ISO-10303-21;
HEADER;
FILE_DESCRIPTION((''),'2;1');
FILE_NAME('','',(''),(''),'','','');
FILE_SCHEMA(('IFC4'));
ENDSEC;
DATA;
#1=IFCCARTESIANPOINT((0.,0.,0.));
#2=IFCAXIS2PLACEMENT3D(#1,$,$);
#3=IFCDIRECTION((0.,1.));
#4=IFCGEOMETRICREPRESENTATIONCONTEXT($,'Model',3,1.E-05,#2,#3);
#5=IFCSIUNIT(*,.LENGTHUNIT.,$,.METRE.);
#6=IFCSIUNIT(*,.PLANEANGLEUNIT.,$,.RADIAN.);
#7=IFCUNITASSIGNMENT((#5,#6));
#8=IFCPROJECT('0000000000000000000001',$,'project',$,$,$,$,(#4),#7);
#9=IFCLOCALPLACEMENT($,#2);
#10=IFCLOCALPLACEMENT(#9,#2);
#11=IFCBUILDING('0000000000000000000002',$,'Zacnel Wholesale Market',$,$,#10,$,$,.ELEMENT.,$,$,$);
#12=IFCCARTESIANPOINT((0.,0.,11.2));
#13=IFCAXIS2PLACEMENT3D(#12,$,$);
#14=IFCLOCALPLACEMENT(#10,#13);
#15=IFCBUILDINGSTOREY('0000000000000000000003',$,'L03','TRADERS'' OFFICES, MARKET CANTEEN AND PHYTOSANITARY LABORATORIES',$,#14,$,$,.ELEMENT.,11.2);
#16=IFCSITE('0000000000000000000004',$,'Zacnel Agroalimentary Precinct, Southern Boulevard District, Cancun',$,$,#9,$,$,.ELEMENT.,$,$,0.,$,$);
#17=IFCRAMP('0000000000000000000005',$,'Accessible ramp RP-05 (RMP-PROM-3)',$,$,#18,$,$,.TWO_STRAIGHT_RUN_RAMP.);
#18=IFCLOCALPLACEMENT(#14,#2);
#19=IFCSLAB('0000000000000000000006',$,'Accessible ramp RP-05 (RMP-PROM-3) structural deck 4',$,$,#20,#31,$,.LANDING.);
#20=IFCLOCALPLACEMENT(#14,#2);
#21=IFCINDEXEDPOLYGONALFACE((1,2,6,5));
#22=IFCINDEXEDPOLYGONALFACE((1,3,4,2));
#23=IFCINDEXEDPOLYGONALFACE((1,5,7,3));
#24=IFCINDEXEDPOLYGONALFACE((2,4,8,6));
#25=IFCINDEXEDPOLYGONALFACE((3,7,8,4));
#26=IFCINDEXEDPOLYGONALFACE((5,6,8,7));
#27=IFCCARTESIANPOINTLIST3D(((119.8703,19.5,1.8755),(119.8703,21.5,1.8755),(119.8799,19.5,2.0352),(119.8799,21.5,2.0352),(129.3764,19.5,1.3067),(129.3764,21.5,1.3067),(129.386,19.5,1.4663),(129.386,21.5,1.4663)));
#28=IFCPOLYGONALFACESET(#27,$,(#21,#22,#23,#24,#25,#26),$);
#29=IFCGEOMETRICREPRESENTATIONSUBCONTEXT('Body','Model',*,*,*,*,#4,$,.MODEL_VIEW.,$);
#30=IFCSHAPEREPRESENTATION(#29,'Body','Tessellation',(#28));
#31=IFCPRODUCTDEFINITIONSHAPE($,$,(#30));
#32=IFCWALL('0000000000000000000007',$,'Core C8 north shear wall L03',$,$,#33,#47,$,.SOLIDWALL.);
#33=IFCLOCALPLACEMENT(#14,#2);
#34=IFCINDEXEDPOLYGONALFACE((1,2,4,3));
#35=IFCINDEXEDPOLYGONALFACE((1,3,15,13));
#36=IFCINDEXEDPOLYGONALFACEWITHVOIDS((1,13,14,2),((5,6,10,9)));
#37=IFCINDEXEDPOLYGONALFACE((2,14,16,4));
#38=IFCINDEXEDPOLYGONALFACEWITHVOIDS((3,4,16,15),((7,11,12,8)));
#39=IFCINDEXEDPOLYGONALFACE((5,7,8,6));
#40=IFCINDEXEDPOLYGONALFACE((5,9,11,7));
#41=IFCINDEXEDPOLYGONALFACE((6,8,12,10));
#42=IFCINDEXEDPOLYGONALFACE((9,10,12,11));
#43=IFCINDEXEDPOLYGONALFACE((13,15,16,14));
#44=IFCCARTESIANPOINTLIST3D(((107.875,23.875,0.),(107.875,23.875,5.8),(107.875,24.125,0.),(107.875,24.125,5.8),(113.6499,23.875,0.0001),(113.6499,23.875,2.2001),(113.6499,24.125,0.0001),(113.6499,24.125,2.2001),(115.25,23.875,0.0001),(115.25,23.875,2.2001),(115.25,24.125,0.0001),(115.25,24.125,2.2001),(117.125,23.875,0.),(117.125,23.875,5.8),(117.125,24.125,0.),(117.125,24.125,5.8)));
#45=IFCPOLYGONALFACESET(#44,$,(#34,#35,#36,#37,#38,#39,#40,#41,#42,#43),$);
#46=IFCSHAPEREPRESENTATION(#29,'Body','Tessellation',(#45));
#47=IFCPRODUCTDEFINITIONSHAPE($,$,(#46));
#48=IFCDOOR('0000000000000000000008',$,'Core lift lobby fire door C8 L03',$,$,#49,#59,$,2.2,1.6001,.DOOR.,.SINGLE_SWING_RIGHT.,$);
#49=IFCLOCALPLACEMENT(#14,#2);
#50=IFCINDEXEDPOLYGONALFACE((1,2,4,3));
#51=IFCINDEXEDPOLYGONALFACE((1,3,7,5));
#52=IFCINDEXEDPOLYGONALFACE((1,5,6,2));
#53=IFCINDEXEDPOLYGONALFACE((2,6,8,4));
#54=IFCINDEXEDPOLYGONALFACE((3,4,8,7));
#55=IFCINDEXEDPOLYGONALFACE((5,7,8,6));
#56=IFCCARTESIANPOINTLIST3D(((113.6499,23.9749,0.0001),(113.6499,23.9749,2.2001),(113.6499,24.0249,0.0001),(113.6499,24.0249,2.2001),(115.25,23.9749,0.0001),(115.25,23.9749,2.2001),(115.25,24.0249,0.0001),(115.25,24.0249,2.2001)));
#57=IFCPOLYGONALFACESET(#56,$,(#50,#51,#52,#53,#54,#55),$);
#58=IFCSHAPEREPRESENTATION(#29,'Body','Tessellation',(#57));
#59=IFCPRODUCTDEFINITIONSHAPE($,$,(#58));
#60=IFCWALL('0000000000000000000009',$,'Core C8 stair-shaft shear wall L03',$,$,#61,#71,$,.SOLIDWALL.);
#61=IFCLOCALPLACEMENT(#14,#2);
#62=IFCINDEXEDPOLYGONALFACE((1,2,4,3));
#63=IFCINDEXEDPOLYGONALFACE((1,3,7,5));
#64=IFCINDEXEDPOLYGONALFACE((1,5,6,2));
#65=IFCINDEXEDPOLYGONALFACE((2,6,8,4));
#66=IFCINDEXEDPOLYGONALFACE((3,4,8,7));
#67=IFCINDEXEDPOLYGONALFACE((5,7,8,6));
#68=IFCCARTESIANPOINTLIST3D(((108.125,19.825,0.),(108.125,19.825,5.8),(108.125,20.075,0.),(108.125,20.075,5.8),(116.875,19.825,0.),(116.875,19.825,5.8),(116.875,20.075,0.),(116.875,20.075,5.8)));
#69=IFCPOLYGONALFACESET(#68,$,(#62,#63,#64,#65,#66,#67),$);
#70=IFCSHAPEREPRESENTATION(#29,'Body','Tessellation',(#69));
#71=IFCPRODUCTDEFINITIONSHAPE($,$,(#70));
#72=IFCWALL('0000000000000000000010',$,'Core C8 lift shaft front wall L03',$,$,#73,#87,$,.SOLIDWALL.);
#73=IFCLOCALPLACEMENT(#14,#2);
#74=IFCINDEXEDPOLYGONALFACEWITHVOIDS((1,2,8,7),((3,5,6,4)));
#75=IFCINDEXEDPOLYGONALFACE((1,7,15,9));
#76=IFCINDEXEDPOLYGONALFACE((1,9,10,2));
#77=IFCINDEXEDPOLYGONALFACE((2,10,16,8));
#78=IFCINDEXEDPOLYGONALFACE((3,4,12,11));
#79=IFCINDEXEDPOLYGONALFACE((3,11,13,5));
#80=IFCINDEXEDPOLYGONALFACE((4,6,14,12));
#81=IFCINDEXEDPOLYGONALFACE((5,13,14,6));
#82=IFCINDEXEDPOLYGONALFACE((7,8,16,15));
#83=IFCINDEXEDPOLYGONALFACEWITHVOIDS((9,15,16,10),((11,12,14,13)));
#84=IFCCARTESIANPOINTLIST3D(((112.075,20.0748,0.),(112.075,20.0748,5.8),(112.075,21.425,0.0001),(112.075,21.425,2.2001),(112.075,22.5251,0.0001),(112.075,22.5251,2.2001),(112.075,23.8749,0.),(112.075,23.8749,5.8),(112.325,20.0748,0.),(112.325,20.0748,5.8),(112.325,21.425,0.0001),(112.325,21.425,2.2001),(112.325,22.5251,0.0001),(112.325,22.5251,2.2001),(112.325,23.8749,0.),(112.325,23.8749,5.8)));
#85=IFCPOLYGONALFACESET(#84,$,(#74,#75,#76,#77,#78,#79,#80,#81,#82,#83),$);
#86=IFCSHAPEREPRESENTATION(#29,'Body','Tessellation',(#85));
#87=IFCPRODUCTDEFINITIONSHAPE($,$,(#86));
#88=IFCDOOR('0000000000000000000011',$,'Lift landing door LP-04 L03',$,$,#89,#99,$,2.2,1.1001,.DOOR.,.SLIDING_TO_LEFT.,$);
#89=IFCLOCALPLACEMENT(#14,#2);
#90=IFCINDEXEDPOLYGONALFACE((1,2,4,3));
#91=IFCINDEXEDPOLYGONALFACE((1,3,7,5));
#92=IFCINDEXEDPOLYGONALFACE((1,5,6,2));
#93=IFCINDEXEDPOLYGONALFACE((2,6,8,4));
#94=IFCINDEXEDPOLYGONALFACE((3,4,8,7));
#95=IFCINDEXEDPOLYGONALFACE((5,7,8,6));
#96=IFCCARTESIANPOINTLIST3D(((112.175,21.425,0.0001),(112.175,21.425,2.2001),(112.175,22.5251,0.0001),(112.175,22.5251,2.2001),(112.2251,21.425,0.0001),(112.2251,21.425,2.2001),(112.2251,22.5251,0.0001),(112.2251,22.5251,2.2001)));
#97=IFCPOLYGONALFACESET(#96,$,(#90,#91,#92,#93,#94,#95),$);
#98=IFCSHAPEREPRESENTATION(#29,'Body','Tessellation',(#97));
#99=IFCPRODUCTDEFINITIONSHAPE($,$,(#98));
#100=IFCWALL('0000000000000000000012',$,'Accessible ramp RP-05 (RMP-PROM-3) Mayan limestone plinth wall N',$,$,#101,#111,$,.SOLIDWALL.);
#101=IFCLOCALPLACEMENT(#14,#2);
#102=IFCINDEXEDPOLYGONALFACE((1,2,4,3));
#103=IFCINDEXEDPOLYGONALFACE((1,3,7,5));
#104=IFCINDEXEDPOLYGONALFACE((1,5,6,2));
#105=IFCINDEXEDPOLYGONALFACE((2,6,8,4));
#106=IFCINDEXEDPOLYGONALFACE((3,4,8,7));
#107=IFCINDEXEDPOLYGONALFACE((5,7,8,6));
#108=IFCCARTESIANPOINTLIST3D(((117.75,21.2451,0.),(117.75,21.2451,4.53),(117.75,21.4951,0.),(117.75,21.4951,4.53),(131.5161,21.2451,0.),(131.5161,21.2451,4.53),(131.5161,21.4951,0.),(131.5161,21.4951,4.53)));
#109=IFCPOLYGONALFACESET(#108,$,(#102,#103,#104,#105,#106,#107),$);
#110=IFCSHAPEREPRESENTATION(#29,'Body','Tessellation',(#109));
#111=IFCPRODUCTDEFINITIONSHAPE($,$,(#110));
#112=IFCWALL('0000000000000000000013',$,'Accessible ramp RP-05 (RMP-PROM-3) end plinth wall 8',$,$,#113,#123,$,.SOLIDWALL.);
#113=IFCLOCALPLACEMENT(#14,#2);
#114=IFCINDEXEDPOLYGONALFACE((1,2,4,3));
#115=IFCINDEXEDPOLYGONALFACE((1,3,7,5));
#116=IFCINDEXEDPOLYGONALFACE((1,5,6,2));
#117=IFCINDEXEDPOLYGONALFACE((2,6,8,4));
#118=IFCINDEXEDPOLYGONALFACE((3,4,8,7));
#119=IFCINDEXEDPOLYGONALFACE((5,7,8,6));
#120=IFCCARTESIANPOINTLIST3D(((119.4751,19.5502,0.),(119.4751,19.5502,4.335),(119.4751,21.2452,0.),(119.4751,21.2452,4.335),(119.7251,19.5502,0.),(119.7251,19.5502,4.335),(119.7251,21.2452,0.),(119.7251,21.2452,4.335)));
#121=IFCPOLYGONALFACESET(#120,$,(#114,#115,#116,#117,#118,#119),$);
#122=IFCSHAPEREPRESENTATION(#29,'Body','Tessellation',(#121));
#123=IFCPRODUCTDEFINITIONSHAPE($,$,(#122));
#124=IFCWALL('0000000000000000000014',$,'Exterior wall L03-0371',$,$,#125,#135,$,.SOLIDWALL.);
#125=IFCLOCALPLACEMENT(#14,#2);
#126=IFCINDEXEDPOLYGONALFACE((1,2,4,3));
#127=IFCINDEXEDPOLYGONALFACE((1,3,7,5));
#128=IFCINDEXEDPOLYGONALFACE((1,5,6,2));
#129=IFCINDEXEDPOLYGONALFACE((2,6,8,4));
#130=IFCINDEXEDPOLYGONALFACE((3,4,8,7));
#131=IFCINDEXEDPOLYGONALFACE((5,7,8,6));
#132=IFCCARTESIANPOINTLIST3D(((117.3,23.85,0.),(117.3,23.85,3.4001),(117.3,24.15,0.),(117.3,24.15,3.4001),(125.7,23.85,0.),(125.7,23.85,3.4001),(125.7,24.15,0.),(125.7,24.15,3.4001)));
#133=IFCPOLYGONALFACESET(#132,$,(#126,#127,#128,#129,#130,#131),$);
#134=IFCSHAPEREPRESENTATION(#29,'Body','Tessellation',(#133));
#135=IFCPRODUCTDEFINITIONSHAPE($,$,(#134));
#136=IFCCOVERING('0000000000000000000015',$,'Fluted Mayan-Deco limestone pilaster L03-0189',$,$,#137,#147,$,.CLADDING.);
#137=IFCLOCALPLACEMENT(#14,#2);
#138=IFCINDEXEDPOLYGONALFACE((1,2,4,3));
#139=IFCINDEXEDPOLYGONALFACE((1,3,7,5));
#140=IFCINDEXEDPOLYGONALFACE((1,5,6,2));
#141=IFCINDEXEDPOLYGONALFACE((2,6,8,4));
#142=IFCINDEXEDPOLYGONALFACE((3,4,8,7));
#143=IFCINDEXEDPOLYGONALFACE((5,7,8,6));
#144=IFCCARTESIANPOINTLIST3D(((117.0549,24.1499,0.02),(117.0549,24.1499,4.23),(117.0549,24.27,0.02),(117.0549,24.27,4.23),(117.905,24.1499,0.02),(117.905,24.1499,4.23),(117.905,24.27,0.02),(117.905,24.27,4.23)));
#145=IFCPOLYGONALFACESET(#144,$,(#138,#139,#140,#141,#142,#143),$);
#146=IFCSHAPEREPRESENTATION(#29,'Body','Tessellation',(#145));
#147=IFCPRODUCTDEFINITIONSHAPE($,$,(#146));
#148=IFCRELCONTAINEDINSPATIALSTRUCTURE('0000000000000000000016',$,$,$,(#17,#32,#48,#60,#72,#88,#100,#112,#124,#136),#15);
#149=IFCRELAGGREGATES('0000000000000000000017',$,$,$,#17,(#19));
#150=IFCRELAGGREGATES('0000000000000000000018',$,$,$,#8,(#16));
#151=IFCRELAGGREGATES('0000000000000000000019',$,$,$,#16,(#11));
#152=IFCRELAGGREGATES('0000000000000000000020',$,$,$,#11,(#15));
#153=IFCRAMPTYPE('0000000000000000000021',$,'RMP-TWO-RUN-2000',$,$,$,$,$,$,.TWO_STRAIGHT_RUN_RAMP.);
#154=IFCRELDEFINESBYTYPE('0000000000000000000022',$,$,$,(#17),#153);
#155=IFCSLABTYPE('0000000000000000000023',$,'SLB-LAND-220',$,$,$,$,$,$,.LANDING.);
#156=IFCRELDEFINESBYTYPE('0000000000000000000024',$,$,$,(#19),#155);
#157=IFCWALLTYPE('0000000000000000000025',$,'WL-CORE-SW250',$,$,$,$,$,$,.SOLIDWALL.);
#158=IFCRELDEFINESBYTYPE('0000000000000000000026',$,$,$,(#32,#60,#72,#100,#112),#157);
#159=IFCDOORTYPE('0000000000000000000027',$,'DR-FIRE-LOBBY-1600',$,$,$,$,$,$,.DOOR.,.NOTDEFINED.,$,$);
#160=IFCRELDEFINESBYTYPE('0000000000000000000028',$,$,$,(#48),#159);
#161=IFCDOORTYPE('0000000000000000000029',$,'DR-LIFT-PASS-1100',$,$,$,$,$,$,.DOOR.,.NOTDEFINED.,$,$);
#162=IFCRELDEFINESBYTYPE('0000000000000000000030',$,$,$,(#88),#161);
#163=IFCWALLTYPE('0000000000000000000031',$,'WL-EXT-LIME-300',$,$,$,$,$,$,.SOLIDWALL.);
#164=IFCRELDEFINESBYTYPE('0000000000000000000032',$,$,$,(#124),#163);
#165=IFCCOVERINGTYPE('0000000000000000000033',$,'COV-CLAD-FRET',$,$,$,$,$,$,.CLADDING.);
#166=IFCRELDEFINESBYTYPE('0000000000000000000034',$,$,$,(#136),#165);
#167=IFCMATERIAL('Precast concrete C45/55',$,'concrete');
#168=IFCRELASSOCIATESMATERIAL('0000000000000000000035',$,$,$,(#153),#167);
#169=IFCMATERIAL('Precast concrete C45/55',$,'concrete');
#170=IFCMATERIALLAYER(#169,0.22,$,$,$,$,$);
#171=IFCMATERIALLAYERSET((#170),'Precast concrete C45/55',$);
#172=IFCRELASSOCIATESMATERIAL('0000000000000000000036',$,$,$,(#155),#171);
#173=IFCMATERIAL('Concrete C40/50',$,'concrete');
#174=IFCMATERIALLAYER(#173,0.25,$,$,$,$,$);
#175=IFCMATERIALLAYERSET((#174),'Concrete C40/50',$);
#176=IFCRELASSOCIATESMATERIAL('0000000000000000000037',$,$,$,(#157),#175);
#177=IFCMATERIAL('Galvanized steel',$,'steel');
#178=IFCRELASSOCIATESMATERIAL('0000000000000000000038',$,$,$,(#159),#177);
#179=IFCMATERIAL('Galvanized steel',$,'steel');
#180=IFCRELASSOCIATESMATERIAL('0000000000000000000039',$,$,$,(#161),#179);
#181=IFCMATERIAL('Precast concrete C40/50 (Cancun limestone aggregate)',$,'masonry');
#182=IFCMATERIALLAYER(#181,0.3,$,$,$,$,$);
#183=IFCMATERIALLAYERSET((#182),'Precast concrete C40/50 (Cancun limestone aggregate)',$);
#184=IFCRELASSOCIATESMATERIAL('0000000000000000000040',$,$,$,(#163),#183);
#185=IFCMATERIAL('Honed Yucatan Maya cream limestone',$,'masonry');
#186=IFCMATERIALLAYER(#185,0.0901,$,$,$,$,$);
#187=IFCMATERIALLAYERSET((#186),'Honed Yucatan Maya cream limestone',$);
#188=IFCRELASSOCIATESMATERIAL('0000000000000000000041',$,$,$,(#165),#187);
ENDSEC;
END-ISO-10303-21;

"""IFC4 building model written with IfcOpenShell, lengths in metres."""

from ifc_helpers import new_model, si_unit, direction, frame, frame_2d, origin, origin_2d, place, context, subcontext, project, spatial, polyline, rectangle, outline, extrude, material, layer, layer_set, type_object, element, fill, aggregate, save


model = new_model("IFC4")

# Units and contexts
model_context = context("Model", 3, precision=1e-05, world=origin(), true_north=direction((0.0, 1.0)))
body_context = subcontext(model_context, "Body", "Model", "MODEL_VIEW")
ifc_project = project(units=[si_unit("LENGTHUNIT", "METRE"), si_unit("PLANEANGLEUNIT", "RADIAN")], contexts=[model_context])

# Site, building, storey
site_placement = place(None, origin())
site = spatial("IfcSite", under=ifc_project, at=site_placement, Name="Zacnel Agroalimentary Precinct, Southern Boulevard District, Cancun", CompositionType="ELEMENT", RefElevation=0.0)
building_placement = place(site_placement, origin())
building = spatial("IfcBuilding", under=site, at=building_placement, Name="Zacnel Wholesale Market", CompositionType="ELEMENT")
storey_placement = place(building_placement, frame((0.0, 0.0, 11.2)))
storey = spatial("IfcBuildingStorey", under=building, at=storey_placement, Name="L03", Description="TRADERS' OFFICES, MARKET CANTEEN AND PHYTOSANITARY LABORATORIES", CompositionType="ELEMENT", Elevation=11.2)

# Ramp, slab
ifc_material_1 = material(Name="Precast concrete C45/55", Category="concrete")
ramp_type = type_object("IfcRampType", Name="RMP-TWO-RUN-2000", PredefinedType="TWO_STRAIGHT_RUN_RAMP", material=ifc_material_1)
ramp_placement = place(storey_placement, origin())
ramp = element("IfcRamp", 1, at=ramp_placement, inside=storey, type_object=ramp_type, Name="Accessible ramp RP-05 (RMP-PROM-3)", PredefinedType="TWO_STRAIGHT_RUN_RAMP")
ifc_material_2 = material(Name="Precast concrete C45/55", Category="concrete")
ifc_layer_1 = layer(ifc_material_2, 0.22)
ifc_layer_set_1 = layer_set([ifc_layer_1], Name="Precast concrete C45/55")
slab_type = type_object("IfcSlabType", Name="SLB-LAND-220", PredefinedType="LANDING", material=ifc_layer_set_1)
slab_1_placement = place(storey_placement, frame((119.8799, 19.5, 2.0352), z_axis=(0.059733, 0.0, 0.998214), x_axis=(0.998214, 0.0, -0.059733)))
slab_1 = element("IfcSlab", 2, at=slab_1_placement, type_object=slab_type, Name="Accessible ramp RP-05 (RMP-PROM-3) structural deck 4", PredefinedType="LANDING", context=body_context, shape_type="SweptSolid", body=[
    extrude(outline(polyline([(0.0, 0.0), (9.5231, 0.0), (9.5231, 2.0), (0.0, 2.0), (0.0, 0.0)])), origin(), (0.0, 0.0, -1.0), 0.1599),
])
aggregate(ramp, [slab_1])

# Wall, opening, door
ifc_material_3 = material(Name="Concrete C40/50", Category="concrete")
ifc_layer_2 = layer(ifc_material_3, 0.25)
ifc_layer_set_2 = layer_set([ifc_layer_2], Name="Concrete C40/50")
wall_type_1 = type_object("IfcWallType", Name="WL-CORE-SW250", PredefinedType="SOLIDWALL", material=ifc_layer_set_2)
wall_1_placement = place(storey_placement, frame((107.875, 24.0, 0.0), z_axis=(0.0, 0.0, 1.0), x_axis=(1.0, 0.0, 0.0)))
wall_1 = element("IfcWall", 3, at=wall_1_placement, inside=storey, type_object=wall_type_1, Name="Core C8 north shear wall L03", PredefinedType="SOLIDWALL", context=body_context, shape_type="SweptSolid", body=[
    extrude(rectangle(XDim=9.25, YDim=0.25, at=frame_2d((4.625, 0.0))), origin(), (0.0, 0.0, 1.0), 5.8),
])
opening_1_placement = place(wall_1_placement, frame((5.7749, 0.0, 0.0)))
opening_1 = element("IfcOpeningElement", 4, at=opening_1_placement, cuts=wall_1, PredefinedType="OPENING", context=body_context, shape_type="SweptSolid", body=[
    extrude(rectangle(XDim=1.6001, YDim=2.2, at=frame_2d((0.8, 1.1001))), frame((0.0, 0.135, 0.0), z_axis=(0.0, -1.0, 0.0), x_axis=(1.0, 0.0, 0.0)), (0.0, 0.0, 1.0), 0.27),
])
ifc_material_4 = material(Name="Galvanized steel", Category="steel")
door_type_1 = type_object("IfcDoorType", Name="DR-FIRE-LOBBY-1600", OperationType="NOTDEFINED", PredefinedType="DOOR", material=ifc_material_4)
door_1_placement = place(opening_1_placement, origin())
door_1 = element("IfcDoor", 5, at=door_1_placement, inside=storey, type_object=door_type_1, Name="Core lift lobby fire door C8 L03", OperationType="SINGLE_SWING_RIGHT", OverallHeight=2.2, OverallWidth=1.6001, PredefinedType="DOOR", context=body_context, shape_type="SweptSolid", body=[
    extrude(rectangle(XDim=1.6001, YDim=2.2, at=frame_2d((0.8, 1.1001))), frame((0.0, 0.0249, 0.0), z_axis=(0.0, -1.0, 0.0), x_axis=(1.0, 0.0, 0.0)), (0.0, 0.0, 1.0), 0.05),
])
fill(opening_1, door_1)

# Wall
wall_2_placement = place(storey_placement, frame((108.125, 19.95, 0.0), z_axis=(0.0, 0.0, 1.0), x_axis=(1.0, 0.0, 0.0)))
element("IfcWall", 6, at=wall_2_placement, inside=storey, type_object=wall_type_1, Name="Core C8 stair-shaft shear wall L03", PredefinedType="SOLIDWALL", context=body_context, shape_type="SweptSolid", body=[
    extrude(rectangle(XDim=8.75, YDim=0.25, at=frame_2d((4.375, 0.0))), origin(), (0.0, 0.0, 1.0), 5.8),
])

# Wall, opening, door
wall_3_placement = place(storey_placement, frame((112.2, 20.075, 0.0), z_axis=(0.0, 0.0, 1.0), x_axis=(0.0, 1.0, 0.0)))
wall_3 = element("IfcWall", 7, at=wall_3_placement, inside=storey, type_object=wall_type_1, Name="Core C8 lift shaft front wall L03", PredefinedType="SOLIDWALL", context=body_context, shape_type="SweptSolid", body=[
    extrude(rectangle(XDim=3.8, YDim=0.25, at=frame_2d((1.8999, 0.0))), origin(), (0.0, 0.0, 1.0), 5.8),
])
opening_2_placement = place(wall_3_placement, frame((1.3501, 0.0, 0.0)))
opening_2 = element("IfcOpeningElement", 8, at=opening_2_placement, cuts=wall_3, PredefinedType="OPENING", context=body_context, shape_type="SweptSolid", body=[
    extrude(rectangle(XDim=1.1001, YDim=2.2, at=frame_2d((0.55, 1.1001))), frame((0.0, 0.135, 0.0), z_axis=(0.0, -1.0, 0.0), x_axis=(1.0, 0.0, 0.0)), (0.0, 0.0, 1.0), 0.27),
])
ifc_material_5 = material(Name="Galvanized steel", Category="steel")
door_type_2 = type_object("IfcDoorType", Name="DR-LIFT-PASS-1100", OperationType="NOTDEFINED", PredefinedType="DOOR", material=ifc_material_5)
door_2_placement = place(opening_2_placement, origin())
door_2 = element("IfcDoor", 9, at=door_2_placement, inside=storey, type_object=door_type_2, Name="Lift landing door LP-04 L03", OperationType="SLIDING_TO_LEFT", OverallHeight=2.2, OverallWidth=1.1001, PredefinedType="DOOR", context=body_context, shape_type="SweptSolid", body=[
    extrude(rectangle(XDim=1.1001, YDim=2.2, at=frame_2d((0.55, 1.1001))), frame((0.0, 0.0249, 0.0), z_axis=(0.0, -1.0, 0.0), x_axis=(1.0, 0.0, 0.0)), (0.0, 0.0, 1.0), 0.05),
])
fill(opening_2, door_2)

# Walls
wall_4_placement = place(storey_placement, frame((117.75, 21.3701, 0.0), z_axis=(0.0, 0.0, 1.0), x_axis=(1.0, 0.0, 0.0)))
element("IfcWall", 10, at=wall_4_placement, inside=storey, type_object=wall_type_1, Name="Accessible ramp RP-05 (RMP-PROM-3) Mayan limestone plinth wall N", PredefinedType="SOLIDWALL", context=body_context, shape_type="SweptSolid", body=[
    extrude(rectangle(XDim=13.7661, YDim=0.25, at=frame_2d((6.8831, 0.0))), origin(), (0.0, 0.0, 1.0), 4.53),
])
wall_5_placement = place(storey_placement, frame((119.6001, 19.55, 0.0), z_axis=(0.0, 0.0, 1.0), x_axis=(0.0, 1.0, 0.0)))
element("IfcWall", 11, at=wall_5_placement, inside=storey, type_object=wall_type_1, Name="Accessible ramp RP-05 (RMP-PROM-3) end plinth wall 8", PredefinedType="SOLIDWALL", context=body_context, shape_type="SweptSolid", body=[
    extrude(rectangle(XDim=1.6951, YDim=0.25, at=frame_2d((0.8477, 0.0))), origin(), (0.0, 0.0, 1.0), 4.335),
])
ifc_material_6 = material(Name="Precast concrete C40/50 (Cancun limestone aggregate)", Category="masonry")
ifc_layer_3 = layer(ifc_material_6, 0.3)
ifc_layer_set_3 = layer_set([ifc_layer_3], Name="Precast concrete C40/50 (Cancun limestone aggregate)")
wall_type_2 = type_object("IfcWallType", Name="WL-EXT-LIME-300", PredefinedType="SOLIDWALL", material=ifc_layer_set_3)
wall_6_placement = place(storey_placement, frame((117.3, 24.0, 0.0), z_axis=(0.0, 0.0, 1.0), x_axis=(1.0, 0.0, 0.0)))
element("IfcWall", 12, at=wall_6_placement, inside=storey, type_object=wall_type_2, Name="Exterior wall L03-0371", PredefinedType="SOLIDWALL", context=body_context, shape_type="SweptSolid", body=[
    extrude(rectangle(XDim=8.3999, YDim=0.3, at=frame_2d((4.2, 0.0))), origin(), (0.0, 0.0, 1.0), 3.4001),
])

# Covering
ifc_material_7 = material(Name="Honed Yucatan Maya cream limestone", Category="masonry")
ifc_layer_4 = layer(ifc_material_7, 0.0901)
ifc_layer_set_4 = layer_set([ifc_layer_4], Name="Honed Yucatan Maya cream limestone")
covering_type = type_object("IfcCoveringType", Name="COV-CLAD-FRET", PredefinedType="CLADDING", material=ifc_layer_set_4)
covering_placement = place(storey_placement, frame((117.48, 24.21, 0.02), z_axis=(0.0, 0.0, 1.0), x_axis=(1.0, 0.0, 0.0)))
element("IfcCovering", 13, at=covering_placement, inside=storey, type_object=covering_type, Name="Fluted Mayan-Deco limestone pilaster L03-0189", PredefinedType="CLADDING", context=body_context, shape_type="SweptSolid", body=[
    extrude(rectangle(XDim=0.8501, YDim=0.1201, at=origin_2d()), origin(), (0.0, 0.0, 1.0), 4.21),
])

save(model, "model.ifc")
